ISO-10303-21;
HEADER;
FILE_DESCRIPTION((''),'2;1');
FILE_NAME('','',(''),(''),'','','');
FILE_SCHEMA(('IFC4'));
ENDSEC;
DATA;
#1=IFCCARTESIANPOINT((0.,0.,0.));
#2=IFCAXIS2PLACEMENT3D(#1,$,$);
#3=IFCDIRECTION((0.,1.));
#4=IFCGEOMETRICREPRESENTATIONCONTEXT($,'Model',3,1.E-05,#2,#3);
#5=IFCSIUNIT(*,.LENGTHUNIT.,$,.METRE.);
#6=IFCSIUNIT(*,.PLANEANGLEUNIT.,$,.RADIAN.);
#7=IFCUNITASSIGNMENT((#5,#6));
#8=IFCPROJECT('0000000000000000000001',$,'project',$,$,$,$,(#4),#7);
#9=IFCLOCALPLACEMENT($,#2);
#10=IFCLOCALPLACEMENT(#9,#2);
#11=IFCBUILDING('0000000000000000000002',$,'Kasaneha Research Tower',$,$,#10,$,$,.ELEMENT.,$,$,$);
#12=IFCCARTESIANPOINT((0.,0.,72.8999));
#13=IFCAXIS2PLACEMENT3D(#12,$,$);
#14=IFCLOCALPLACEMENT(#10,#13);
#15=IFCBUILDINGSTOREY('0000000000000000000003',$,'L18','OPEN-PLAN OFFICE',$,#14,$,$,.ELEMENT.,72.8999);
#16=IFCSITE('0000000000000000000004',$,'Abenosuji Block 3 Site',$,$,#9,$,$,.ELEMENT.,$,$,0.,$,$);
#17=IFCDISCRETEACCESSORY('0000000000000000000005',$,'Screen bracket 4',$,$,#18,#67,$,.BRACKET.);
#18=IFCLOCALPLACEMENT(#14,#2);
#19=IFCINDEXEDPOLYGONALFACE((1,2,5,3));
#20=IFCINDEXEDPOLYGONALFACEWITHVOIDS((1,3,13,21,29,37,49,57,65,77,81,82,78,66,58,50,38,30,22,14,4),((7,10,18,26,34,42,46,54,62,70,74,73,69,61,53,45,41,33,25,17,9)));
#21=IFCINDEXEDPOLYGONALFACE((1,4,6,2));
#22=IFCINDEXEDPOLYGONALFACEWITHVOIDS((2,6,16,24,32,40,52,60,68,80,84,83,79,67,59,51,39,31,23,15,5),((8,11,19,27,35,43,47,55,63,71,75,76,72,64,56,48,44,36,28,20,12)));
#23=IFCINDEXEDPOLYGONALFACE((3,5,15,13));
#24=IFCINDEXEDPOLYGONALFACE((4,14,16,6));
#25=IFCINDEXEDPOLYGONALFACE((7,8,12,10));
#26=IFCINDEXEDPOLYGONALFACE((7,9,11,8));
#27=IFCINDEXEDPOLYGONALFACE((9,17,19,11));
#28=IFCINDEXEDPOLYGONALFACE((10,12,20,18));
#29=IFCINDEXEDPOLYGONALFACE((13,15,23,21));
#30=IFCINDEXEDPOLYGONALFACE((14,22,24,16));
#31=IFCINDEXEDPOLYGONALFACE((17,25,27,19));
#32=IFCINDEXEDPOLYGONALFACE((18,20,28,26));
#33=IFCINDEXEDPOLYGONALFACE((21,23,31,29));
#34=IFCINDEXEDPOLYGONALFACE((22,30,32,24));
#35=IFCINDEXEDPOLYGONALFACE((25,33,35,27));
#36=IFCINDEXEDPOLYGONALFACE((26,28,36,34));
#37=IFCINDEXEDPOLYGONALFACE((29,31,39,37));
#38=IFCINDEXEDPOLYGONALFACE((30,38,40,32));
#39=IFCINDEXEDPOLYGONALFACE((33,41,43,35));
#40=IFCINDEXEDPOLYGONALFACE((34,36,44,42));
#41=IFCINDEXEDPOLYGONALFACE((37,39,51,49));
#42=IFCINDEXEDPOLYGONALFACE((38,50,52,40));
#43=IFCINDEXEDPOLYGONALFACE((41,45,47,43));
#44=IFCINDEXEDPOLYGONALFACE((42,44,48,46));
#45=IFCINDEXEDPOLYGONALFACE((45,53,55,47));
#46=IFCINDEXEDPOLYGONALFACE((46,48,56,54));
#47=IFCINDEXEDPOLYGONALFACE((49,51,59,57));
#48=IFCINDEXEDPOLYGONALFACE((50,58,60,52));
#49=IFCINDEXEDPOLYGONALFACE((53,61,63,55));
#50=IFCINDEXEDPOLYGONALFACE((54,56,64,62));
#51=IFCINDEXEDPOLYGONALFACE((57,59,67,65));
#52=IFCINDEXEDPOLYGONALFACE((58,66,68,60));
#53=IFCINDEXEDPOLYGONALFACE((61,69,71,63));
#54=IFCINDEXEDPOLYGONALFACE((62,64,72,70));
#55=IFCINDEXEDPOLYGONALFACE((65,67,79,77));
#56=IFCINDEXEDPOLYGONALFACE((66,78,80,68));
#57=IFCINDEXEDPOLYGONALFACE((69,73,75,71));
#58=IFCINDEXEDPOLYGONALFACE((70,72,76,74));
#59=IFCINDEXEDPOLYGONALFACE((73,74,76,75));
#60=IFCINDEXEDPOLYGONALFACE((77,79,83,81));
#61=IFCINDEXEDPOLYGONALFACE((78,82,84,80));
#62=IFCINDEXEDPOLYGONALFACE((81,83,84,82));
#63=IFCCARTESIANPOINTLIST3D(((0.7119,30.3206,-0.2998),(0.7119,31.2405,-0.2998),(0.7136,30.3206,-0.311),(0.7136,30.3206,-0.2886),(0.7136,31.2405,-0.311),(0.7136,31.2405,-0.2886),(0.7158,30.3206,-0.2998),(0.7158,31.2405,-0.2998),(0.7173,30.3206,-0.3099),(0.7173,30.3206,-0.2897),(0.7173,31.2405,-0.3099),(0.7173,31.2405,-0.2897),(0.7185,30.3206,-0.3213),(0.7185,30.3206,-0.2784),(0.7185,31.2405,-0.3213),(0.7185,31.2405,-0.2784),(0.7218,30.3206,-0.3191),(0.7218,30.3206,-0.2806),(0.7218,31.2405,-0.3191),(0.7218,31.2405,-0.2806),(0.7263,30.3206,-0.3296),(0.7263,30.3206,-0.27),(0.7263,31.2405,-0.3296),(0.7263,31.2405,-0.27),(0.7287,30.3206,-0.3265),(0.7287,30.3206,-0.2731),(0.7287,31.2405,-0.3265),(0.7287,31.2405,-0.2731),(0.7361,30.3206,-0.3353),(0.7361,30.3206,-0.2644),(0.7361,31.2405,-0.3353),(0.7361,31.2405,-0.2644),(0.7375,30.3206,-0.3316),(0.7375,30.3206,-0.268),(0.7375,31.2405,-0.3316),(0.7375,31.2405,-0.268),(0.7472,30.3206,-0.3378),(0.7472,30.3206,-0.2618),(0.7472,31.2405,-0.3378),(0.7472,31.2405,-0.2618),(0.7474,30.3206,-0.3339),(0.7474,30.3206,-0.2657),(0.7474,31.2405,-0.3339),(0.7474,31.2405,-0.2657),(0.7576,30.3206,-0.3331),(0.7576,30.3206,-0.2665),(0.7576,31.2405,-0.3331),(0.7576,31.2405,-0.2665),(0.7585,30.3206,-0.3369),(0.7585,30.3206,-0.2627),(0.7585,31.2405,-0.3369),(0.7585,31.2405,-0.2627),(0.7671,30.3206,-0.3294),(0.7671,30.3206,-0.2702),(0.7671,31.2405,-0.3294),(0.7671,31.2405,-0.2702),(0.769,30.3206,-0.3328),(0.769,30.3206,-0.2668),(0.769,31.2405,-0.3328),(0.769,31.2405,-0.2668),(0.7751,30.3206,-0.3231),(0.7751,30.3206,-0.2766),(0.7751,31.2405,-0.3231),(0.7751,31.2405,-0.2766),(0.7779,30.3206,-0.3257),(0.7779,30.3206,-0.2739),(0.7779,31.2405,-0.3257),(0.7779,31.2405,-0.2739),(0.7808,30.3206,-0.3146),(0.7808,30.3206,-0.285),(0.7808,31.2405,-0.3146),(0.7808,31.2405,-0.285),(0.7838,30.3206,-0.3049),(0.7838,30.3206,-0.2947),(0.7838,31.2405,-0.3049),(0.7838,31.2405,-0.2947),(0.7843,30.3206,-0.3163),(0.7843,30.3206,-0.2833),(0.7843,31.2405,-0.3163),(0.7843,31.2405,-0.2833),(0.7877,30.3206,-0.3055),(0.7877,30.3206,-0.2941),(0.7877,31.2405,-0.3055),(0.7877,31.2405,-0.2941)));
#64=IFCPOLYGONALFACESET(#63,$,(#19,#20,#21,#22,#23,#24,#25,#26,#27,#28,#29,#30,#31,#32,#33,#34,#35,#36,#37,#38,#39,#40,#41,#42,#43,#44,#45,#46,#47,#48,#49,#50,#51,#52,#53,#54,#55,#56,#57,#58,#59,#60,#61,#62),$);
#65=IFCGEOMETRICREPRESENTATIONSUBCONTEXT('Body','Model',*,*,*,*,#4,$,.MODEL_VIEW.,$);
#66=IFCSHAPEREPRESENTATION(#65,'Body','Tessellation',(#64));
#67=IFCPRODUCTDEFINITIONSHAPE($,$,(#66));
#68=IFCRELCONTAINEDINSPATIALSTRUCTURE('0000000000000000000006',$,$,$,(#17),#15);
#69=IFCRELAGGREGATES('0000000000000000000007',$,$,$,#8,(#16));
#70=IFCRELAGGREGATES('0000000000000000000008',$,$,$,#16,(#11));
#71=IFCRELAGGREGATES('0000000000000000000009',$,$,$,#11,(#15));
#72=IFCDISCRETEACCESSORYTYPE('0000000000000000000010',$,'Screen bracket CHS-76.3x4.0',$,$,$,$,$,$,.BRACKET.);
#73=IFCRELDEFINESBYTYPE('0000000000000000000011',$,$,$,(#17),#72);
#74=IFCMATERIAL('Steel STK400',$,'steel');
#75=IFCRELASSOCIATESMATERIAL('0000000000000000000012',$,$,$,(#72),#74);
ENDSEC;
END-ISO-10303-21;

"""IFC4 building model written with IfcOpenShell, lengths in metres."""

from ifc_helpers import new_model, si_unit, direction, frame, origin, origin_2d, place, context, subcontext, project, spatial, hollow_circle, extrude, material, material_profile, profile_set, type_object, element, save


model = new_model("IFC4")

# Units and contexts
model_context = context("Model", 3, precision=1e-05, world=origin(), true_north=direction((0.0, 1.0)))
body_context = subcontext(model_context, "Body", "Model", "MODEL_VIEW")
ifc_project = project(units=[si_unit("LENGTHUNIT", "METRE"), si_unit("PLANEANGLEUNIT", "RADIAN")], contexts=[model_context])

# Site, building, storey
site_placement = place(None, origin())
site = spatial("IfcSite", under=ifc_project, at=site_placement, Name="Abenosuji Block 3 Site", CompositionType="ELEMENT", RefElevation=0.0)
building_placement = place(site_placement, origin())
building = spatial("IfcBuilding", under=site, at=building_placement, Name="Kasaneha Research Tower", CompositionType="ELEMENT")
storey_placement = place(building_placement, frame((0.0, 0.0, 72.8999)))
storey = spatial("IfcBuildingStorey", under=building, at=storey_placement, Name="L18", Description="OPEN-PLAN OFFICE", CompositionType="ELEMENT", Elevation=72.8999)

# Discrete accessory
ifc_material_1 = material(Name="Steel STK400", Category="steel")
ifc_material_profile_1 = material_profile(ifc_material_1, hollow_circle(Radius=0.0381, WallThickness=0.0039, at=origin_2d()), Name="CHS-76.3x4.0")
ifc_profile_set_1 = profile_set([ifc_material_profile_1], Name="Steel STK400")
discrete_accessory_type = type_object("IfcDiscreteAccessoryType", Name="Screen bracket CHS-76.3x4.0", PredefinedType="BRACKET", material=ifc_profile_set_1)
for number, where, z_axis, x_axis, name in (
    (1, (0.75, 30.3206, -0.2998), (0.0, 1.0, 0.0), (-1.0, 0.0, 0.0), "Screen bracket 4"),
):
    element("IfcDiscreteAccessory", number, at=place(storey_placement, frame(where, z_axis=z_axis, x_axis=x_axis)), inside=storey, type_object=discrete_accessory_type, Name=name, PredefinedType="BRACKET", context=body_context, shape_type="SweptSolid", body=[
        extrude(hollow_circle(Radius=0.0381, WallThickness=0.0039, at=origin_2d()), origin(), (0.0, 0.0, 1.0), 0.9199),
    ])

save(model, "model.ifc")
